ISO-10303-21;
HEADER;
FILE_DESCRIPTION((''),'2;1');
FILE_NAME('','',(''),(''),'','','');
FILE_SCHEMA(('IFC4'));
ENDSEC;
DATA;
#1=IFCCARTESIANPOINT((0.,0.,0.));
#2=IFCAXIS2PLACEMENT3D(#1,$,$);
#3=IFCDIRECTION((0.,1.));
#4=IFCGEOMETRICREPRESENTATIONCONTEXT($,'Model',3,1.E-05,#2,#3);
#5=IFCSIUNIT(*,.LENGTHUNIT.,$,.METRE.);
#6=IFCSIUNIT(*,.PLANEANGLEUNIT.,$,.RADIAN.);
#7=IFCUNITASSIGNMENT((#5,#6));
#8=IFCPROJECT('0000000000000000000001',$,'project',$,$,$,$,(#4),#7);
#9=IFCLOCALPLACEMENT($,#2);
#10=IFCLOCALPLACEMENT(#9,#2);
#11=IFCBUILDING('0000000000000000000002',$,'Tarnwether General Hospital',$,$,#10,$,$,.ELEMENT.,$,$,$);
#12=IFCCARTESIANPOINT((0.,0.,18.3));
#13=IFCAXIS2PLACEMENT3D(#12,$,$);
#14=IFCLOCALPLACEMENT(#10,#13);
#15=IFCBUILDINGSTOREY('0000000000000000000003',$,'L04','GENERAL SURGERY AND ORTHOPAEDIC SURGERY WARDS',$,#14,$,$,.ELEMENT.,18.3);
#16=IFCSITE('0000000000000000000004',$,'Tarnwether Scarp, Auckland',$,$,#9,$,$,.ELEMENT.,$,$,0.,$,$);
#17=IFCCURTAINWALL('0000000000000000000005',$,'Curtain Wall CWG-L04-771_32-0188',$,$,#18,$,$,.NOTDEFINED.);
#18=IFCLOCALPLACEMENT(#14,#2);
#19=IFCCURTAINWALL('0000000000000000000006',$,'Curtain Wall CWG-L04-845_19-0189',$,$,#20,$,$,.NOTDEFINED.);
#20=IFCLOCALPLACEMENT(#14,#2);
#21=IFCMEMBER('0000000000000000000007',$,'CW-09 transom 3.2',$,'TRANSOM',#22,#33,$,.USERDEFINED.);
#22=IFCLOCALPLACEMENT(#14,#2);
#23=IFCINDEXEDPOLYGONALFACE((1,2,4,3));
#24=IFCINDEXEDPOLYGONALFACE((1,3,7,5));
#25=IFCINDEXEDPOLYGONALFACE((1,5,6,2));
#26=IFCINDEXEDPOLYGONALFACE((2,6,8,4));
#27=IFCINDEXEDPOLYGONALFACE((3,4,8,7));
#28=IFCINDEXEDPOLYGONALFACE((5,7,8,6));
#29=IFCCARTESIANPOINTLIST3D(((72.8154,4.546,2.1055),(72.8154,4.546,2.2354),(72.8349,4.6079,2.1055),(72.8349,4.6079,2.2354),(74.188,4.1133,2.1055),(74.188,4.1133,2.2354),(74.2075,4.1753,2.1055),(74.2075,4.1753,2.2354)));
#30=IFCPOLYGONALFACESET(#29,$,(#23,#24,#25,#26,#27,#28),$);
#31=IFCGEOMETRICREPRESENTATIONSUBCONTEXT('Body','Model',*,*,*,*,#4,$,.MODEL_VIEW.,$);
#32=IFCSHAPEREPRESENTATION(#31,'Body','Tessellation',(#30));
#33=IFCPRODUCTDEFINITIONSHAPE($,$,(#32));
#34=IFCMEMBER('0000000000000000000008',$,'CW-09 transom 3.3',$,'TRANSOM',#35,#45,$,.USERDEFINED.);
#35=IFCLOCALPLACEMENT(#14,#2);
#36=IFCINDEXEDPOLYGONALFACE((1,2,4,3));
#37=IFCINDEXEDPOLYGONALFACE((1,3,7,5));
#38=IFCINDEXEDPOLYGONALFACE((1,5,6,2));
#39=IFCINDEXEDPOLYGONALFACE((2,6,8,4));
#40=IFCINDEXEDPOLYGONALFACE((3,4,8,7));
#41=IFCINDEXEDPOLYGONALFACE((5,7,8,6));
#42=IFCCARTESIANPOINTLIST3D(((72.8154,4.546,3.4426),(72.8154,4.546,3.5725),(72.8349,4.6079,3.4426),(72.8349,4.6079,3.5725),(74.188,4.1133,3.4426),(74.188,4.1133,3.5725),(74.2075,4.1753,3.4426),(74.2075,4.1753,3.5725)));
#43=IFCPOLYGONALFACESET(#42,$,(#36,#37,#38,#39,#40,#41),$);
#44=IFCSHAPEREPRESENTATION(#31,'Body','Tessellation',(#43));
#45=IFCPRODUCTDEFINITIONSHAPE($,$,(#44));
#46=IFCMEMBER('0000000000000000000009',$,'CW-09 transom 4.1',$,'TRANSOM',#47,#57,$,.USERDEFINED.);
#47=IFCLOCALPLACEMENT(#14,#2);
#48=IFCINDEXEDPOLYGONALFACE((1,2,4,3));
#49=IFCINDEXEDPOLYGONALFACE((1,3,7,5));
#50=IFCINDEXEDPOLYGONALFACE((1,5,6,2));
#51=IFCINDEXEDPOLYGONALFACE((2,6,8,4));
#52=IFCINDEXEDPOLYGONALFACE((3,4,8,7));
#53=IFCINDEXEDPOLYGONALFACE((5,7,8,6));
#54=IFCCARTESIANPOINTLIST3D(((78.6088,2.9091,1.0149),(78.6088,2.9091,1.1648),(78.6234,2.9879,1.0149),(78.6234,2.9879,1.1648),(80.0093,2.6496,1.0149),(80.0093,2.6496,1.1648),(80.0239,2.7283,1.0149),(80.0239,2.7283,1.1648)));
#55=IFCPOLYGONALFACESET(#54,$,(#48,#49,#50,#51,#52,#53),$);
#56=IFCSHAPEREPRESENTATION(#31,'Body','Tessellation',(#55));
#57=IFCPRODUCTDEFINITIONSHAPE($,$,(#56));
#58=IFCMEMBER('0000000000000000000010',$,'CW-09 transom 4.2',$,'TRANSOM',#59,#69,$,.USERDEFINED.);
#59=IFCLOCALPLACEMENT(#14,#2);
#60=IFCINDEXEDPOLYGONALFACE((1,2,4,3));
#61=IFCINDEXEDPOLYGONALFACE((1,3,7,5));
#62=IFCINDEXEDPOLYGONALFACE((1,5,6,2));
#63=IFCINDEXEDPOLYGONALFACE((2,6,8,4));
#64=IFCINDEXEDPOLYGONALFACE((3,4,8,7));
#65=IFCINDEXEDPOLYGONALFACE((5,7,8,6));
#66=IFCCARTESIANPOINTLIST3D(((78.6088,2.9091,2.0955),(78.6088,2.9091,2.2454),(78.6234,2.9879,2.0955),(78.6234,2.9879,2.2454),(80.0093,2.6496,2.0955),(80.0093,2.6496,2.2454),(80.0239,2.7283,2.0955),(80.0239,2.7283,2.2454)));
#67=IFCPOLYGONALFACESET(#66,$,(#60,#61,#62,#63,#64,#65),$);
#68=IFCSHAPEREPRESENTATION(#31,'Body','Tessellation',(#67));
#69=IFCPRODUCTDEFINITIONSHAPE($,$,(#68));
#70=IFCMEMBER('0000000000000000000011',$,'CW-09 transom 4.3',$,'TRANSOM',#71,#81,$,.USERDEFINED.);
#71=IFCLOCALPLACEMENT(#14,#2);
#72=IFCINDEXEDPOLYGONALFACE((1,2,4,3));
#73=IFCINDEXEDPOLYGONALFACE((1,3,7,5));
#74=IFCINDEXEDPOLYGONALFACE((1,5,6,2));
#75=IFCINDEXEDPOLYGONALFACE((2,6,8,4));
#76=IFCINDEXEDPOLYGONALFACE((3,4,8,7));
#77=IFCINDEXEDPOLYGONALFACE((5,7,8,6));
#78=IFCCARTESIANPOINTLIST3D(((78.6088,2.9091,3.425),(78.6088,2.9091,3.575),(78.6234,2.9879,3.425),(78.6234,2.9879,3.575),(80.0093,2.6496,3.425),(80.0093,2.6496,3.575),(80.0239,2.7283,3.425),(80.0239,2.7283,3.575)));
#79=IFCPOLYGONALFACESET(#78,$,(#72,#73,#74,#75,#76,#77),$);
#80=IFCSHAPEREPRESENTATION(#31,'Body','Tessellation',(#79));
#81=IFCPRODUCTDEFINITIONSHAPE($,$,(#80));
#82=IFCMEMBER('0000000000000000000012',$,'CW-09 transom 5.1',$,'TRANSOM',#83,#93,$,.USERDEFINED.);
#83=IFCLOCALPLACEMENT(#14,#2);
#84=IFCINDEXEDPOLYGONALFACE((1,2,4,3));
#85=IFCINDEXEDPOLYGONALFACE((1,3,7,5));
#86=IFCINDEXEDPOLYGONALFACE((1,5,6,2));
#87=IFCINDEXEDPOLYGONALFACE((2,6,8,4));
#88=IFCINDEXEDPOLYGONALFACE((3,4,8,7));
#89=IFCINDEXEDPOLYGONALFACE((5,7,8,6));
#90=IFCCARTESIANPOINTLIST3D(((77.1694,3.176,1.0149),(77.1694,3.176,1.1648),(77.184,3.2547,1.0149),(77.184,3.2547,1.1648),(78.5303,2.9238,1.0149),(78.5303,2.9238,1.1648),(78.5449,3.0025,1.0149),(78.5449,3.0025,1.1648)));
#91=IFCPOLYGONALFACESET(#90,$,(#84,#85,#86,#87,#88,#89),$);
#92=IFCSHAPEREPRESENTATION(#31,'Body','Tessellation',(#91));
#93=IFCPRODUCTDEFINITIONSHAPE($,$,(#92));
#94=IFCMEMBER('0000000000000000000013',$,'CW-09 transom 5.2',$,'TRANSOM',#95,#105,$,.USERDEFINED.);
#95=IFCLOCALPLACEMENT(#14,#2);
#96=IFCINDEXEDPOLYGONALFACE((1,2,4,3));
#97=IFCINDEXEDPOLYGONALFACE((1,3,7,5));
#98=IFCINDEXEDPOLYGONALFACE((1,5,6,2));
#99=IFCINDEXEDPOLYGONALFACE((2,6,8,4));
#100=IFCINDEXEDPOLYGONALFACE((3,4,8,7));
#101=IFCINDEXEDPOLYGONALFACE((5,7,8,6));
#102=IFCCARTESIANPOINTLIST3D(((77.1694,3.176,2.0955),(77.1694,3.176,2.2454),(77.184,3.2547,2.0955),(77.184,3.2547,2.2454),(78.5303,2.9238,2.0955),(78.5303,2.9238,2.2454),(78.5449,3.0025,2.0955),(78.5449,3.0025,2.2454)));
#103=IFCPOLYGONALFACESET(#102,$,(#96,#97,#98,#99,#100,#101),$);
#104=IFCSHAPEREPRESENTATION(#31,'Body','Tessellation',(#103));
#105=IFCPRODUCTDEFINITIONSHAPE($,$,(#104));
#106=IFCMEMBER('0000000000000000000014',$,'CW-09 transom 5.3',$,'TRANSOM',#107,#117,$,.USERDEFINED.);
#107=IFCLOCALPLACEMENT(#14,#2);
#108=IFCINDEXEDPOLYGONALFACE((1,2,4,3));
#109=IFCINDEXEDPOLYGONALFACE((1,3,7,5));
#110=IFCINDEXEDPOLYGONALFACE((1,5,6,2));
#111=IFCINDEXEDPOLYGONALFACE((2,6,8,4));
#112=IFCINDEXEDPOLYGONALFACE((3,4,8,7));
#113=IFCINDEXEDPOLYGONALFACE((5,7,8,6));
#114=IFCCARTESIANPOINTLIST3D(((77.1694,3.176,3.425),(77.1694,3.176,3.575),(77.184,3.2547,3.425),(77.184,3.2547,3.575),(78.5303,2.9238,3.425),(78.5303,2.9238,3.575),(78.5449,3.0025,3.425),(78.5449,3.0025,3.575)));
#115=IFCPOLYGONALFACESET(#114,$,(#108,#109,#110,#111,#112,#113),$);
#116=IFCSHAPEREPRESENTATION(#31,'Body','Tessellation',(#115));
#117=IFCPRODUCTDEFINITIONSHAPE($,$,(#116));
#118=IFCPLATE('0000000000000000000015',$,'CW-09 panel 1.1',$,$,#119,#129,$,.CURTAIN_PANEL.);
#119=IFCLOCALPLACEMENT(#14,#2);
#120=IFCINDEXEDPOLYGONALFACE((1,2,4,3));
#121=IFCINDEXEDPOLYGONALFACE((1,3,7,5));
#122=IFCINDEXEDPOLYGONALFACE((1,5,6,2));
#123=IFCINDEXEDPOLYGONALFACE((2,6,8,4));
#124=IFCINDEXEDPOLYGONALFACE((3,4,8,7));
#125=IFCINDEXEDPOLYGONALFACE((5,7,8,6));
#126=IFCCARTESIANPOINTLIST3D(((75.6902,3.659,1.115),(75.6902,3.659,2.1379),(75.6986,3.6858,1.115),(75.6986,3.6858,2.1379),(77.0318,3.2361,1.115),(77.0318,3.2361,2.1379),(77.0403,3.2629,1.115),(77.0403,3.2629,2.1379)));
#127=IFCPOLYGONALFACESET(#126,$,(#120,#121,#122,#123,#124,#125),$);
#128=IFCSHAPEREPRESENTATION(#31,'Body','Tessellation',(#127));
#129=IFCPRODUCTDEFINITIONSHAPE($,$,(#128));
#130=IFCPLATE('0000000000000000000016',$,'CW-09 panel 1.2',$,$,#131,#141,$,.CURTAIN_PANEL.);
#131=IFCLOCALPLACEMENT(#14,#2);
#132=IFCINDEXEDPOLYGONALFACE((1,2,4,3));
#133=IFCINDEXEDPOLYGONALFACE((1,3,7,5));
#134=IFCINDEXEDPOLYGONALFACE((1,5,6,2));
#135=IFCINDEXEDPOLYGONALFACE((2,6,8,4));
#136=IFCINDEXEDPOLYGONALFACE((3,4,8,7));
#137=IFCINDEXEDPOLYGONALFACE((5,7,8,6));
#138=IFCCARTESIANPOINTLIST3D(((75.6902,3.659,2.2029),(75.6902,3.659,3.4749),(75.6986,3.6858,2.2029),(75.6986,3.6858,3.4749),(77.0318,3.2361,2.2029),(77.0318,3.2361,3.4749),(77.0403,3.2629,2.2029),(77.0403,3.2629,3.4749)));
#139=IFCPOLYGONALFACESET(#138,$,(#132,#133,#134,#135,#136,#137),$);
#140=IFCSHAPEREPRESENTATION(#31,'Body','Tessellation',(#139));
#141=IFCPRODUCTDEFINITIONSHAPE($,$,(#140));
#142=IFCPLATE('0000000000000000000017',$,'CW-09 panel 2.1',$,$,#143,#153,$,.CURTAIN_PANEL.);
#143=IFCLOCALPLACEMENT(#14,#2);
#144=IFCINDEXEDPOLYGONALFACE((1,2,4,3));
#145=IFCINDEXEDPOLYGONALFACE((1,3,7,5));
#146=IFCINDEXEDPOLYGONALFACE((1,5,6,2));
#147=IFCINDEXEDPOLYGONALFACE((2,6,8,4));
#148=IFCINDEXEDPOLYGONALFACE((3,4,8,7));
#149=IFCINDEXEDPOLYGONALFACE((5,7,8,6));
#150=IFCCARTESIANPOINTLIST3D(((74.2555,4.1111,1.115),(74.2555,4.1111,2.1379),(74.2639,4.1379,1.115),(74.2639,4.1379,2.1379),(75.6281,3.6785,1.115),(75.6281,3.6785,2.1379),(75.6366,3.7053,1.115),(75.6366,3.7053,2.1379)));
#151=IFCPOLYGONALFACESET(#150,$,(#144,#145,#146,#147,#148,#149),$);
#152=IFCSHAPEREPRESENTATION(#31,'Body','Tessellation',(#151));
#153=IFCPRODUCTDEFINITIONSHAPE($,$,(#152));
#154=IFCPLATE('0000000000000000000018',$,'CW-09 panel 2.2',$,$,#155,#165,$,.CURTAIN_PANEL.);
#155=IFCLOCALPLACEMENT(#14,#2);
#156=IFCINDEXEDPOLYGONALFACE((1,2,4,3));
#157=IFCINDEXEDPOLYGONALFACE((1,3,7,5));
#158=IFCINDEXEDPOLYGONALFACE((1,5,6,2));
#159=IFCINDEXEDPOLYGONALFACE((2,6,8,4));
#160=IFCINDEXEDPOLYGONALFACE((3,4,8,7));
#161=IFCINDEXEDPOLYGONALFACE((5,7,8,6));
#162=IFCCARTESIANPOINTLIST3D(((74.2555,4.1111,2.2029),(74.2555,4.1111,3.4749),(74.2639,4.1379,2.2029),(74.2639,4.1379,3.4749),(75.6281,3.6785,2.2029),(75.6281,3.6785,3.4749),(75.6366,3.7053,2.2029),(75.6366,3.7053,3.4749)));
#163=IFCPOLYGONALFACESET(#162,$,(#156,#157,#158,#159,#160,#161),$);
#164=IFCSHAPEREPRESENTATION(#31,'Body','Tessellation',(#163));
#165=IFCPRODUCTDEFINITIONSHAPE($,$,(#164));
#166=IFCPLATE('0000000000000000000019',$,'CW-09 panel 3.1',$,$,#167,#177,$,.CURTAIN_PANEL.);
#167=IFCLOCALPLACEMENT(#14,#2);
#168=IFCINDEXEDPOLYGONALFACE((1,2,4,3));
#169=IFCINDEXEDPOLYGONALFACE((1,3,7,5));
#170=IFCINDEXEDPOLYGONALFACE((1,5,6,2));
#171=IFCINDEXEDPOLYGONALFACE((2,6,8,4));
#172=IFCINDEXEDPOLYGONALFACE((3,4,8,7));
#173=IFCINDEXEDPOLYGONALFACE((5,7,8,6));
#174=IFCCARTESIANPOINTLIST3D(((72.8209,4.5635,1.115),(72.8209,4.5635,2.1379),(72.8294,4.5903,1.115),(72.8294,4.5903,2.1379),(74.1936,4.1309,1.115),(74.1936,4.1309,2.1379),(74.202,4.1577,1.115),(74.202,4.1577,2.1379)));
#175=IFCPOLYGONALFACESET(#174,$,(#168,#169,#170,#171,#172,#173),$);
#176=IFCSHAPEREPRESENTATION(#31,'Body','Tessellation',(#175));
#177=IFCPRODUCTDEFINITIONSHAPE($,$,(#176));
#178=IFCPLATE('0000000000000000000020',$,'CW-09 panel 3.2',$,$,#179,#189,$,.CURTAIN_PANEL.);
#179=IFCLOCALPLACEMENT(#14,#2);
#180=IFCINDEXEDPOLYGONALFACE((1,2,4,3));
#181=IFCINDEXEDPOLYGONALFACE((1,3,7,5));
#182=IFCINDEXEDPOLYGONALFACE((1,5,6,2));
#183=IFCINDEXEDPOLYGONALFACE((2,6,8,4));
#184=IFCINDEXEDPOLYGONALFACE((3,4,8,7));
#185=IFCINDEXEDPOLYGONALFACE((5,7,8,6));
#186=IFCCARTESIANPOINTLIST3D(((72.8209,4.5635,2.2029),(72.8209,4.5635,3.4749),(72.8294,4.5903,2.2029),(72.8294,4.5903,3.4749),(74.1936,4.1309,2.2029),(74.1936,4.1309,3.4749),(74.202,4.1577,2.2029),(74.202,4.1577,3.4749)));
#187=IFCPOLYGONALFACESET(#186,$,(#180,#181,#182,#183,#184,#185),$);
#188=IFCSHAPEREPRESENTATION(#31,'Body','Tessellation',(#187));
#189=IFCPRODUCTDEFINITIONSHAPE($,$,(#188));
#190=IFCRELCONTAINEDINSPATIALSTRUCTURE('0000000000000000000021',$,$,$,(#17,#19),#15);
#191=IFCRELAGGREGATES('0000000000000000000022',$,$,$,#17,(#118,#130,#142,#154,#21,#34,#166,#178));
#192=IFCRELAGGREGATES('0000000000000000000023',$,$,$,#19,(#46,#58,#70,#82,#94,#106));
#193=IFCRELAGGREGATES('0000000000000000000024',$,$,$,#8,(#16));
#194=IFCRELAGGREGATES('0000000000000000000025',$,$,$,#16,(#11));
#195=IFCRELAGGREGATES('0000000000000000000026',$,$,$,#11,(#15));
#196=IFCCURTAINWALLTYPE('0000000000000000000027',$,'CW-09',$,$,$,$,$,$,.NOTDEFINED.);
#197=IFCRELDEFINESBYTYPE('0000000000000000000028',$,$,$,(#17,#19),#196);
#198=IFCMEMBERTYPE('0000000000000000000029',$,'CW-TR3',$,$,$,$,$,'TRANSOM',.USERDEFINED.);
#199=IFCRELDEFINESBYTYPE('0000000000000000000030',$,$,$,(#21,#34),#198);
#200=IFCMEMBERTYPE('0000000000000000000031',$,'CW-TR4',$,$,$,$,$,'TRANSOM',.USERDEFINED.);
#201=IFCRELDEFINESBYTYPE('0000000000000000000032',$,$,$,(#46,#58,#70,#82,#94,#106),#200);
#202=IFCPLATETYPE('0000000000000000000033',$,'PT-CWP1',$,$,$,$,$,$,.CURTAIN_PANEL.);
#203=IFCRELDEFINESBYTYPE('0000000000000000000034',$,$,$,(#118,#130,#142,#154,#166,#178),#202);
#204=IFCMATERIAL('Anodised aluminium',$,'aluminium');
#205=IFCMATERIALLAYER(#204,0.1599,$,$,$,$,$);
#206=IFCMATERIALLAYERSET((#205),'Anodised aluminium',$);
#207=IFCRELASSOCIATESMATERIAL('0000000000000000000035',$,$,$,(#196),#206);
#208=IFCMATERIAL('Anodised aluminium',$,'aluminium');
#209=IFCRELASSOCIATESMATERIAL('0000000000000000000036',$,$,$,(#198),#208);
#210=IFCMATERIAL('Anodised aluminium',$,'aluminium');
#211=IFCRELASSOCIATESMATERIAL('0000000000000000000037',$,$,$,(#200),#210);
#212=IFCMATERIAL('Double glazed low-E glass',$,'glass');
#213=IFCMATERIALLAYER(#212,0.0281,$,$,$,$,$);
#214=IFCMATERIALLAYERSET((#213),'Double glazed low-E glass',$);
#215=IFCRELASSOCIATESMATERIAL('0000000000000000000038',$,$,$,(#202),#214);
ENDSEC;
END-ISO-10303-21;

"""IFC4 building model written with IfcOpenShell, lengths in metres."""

from ifc_helpers import new_model, si_unit, direction, frame, origin, origin_2d, place, context, subcontext, project, spatial, rectangle, extrude, material, layer, layer_set, material_profile, profile_set, type_object, element, aggregate, save


model = new_model("IFC4")

# Units and contexts
model_context = context("Model", 3, precision=1e-05, world=origin(), true_north=direction((0.0, 1.0)))
body_context = subcontext(model_context, "Body", "Model", "MODEL_VIEW")
ifc_project = project(units=[si_unit("LENGTHUNIT", "METRE"), si_unit("PLANEANGLEUNIT", "RADIAN")], contexts=[model_context])

# Site, building, storey
site_placement = place(None, origin())
site = spatial("IfcSite", under=ifc_project, at=site_placement, Name="Tarnwether Scarp, Auckland", CompositionType="ELEMENT", RefElevation=0.0)
building_placement = place(site_placement, origin())
building = spatial("IfcBuilding", under=site, at=building_placement, Name="Tarnwether General Hospital", CompositionType="ELEMENT")
storey_placement = place(building_placement, frame((0.0, 0.0, 18.3)))
storey = spatial("IfcBuildingStorey", under=building, at=storey_placement, Name="L04", Description="GENERAL SURGERY AND ORTHOPAEDIC SURGERY WARDS", CompositionType="ELEMENT", Elevation=18.3)

# Curtain walls
ifc_material_1 = material(Name="Anodised aluminium", Category="aluminium")
ifc_layer_1 = layer(ifc_material_1, 0.1599)
ifc_layer_set_1 = layer_set([ifc_layer_1], Name="Anodised aluminium")
curtain_wall_type = type_object("IfcCurtainWallType", Name="CW-09", PredefinedType="NOTDEFINED", material=ifc_layer_set_1)
curtain_wall_1_placement = place(storey_placement, origin())
curtain_wall_1 = element("IfcCurtainWall", 1, at=curtain_wall_1_placement, inside=storey, type_object=curtain_wall_type, Name="Curtain Wall CWG-L04-771_32-0188", PredefinedType="NOTDEFINED")
curtain_wall_2_placement = place(storey_placement, origin())
curtain_wall_2 = element("IfcCurtainWall", 2, at=curtain_wall_2_placement, inside=storey, type_object=curtain_wall_type, Name="Curtain Wall CWG-L04-845_19-0189", PredefinedType="NOTDEFINED")

# Members
ifc_material_2 = material(Name="Anodised aluminium", Category="aluminium")
ifc_material_profile_1 = material_profile(ifc_material_2, rectangle(XDim=0.0649, YDim=0.1299, at=origin_2d()), Name="ALU-TRN-65x130")
ifc_profile_set_1 = profile_set([ifc_material_profile_1], Name="Anodised aluminium")
member_type_1 = type_object("IfcMemberType", Name="CW-TR3", ElementType="TRANSOM", PredefinedType="USERDEFINED", material=ifc_profile_set_1)
member_1_placement = place(storey_placement, frame((74.1978, 4.1443, 2.1704), z_axis=(-0.953747, 0.300612, 0.0), x_axis=(-0.300612, -0.953747, 0.0)))
member_1 = element("IfcMember", 3, at=member_1_placement, type_object=member_type_1, Name="CW-09 transom 3.2", ObjectType="TRANSOM", PredefinedType="USERDEFINED", context=body_context, shape_type="SweptSolid", body=[
    extrude(rectangle(XDim=0.0649, YDim=0.1299, at=origin_2d()), origin(), (0.0, 0.0, 1.0), 1.4392),
])
member_2_placement = place(storey_placement, frame((74.1978, 4.1443, 3.5076), z_axis=(-0.953747, 0.300612, 0.0), x_axis=(-0.300612, -0.953747, 0.0)))
member_2 = element("IfcMember", 4, at=member_2_placement, type_object=member_type_1, Name="CW-09 transom 3.3", ObjectType="TRANSOM", PredefinedType="USERDEFINED", context=body_context, shape_type="SweptSolid", body=[
    extrude(rectangle(XDim=0.0649, YDim=0.1299, at=origin_2d()), origin(), (0.0, 0.0, 1.0), 1.4392),
])
ifc_material_3 = material(Name="Anodised aluminium", Category="aluminium")
ifc_material_profile_2 = material_profile(ifc_material_3, rectangle(XDim=0.0801, YDim=0.1499, at=origin_2d()), Name="ALU-TRN-80x150")
ifc_profile_set_2 = profile_set([ifc_material_profile_2], Name="Anodised aluminium")
member_type_2 = type_object("IfcMemberType", Name="CW-TR4", ElementType="TRANSOM", PredefinedType="USERDEFINED", material=ifc_profile_set_2)
member_3_placement = place(storey_placement, frame((80.0166, 2.689, 1.0898), z_axis=(-0.983258, 0.182218, 0.0), x_axis=(-0.182218, -0.983258, 0.0)))
member_3 = element("IfcMember", 5, at=member_3_placement, type_object=member_type_2, Name="CW-09 transom 4.1", ObjectType="TRANSOM", PredefinedType="USERDEFINED", context=body_context, shape_type="SweptSolid", body=[
    extrude(rectangle(XDim=0.0801, YDim=0.1499, at=origin_2d()), origin(), (0.0, 0.0, 1.0), 1.4243),
])
member_4_placement = place(storey_placement, frame((80.0166, 2.689, 2.1704), z_axis=(-0.983258, 0.182218, 0.0), x_axis=(-0.182218, -0.983258, 0.0)))
member_4 = element("IfcMember", 6, at=member_4_placement, type_object=member_type_2, Name="CW-09 transom 4.2", ObjectType="TRANSOM", PredefinedType="USERDEFINED", context=body_context, shape_type="SweptSolid", body=[
    extrude(rectangle(XDim=0.0801, YDim=0.1499, at=origin_2d()), origin(), (0.0, 0.0, 1.0), 1.4243),
])
member_5_placement = place(storey_placement, frame((80.0166, 2.689, 3.5), z_axis=(-0.983258, 0.182218, 0.0), x_axis=(-0.182218, -0.983258, 0.0)))
member_5 = element("IfcMember", 7, at=member_5_placement, type_object=member_type_2, Name="CW-09 transom 4.3", ObjectType="TRANSOM", PredefinedType="USERDEFINED", context=body_context, shape_type="SweptSolid", body=[
    extrude(rectangle(XDim=0.0801, YDim=0.1499, at=origin_2d()), origin(), (0.0, 0.0, 1.0), 1.4243),
])
member_6_placement = place(storey_placement, frame((78.5376, 2.9631, 1.0898), z_axis=(-0.983257, 0.182222, 0.0), x_axis=(-0.182222, -0.983257, 0.0)))
member_6 = element("IfcMember", 8, at=member_6_placement, type_object=member_type_2, Name="CW-09 transom 5.1", ObjectType="TRANSOM", PredefinedType="USERDEFINED", context=body_context, shape_type="SweptSolid", body=[
    extrude(rectangle(XDim=0.0801, YDim=0.1499, at=origin_2d()), origin(), (0.0, 0.0, 1.0), 1.384),
])
member_7_placement = place(storey_placement, frame((78.5376, 2.9631, 2.1704), z_axis=(-0.983257, 0.182222, 0.0), x_axis=(-0.182222, -0.983257, 0.0)))
member_7 = element("IfcMember", 9, at=member_7_placement, type_object=member_type_2, Name="CW-09 transom 5.2", ObjectType="TRANSOM", PredefinedType="USERDEFINED", context=body_context, shape_type="SweptSolid", body=[
    extrude(rectangle(XDim=0.0801, YDim=0.1499, at=origin_2d()), origin(), (0.0, 0.0, 1.0), 1.384),
])
member_8_placement = place(storey_placement, frame((78.5376, 2.9631, 3.5), z_axis=(-0.983257, 0.182222, 0.0), x_axis=(-0.182222, -0.983257, 0.0)))
member_8 = element("IfcMember", 10, at=member_8_placement, type_object=member_type_2, Name="CW-09 transom 5.3", ObjectType="TRANSOM", PredefinedType="USERDEFINED", context=body_context, shape_type="SweptSolid", body=[
    extrude(rectangle(XDim=0.0801, YDim=0.1499, at=origin_2d()), origin(), (0.0, 0.0, 1.0), 1.384),
])

# Plates
ifc_material_4 = material(Name="Double glazed low-E glass", Category="glass")
ifc_layer_2 = layer(ifc_material_4, 0.0281)
ifc_layer_set_2 = layer_set([ifc_layer_2], Name="Double glazed low-E glass")
plate_type_1 = type_object("IfcPlateType", Name="PT-CWP1", PredefinedType="CURTAIN_PANEL", material=ifc_layer_set_2)
plate_1_placement = place(storey_placement, frame((76.3652, 3.4609, 1.115), z_axis=(0.0, 0.0, 1.0), x_axis=(-0.953741, 0.300629, 0.0)))
plate_1 = element("IfcPlate", 11, at=plate_1_placement, type_object=plate_type_1, Name="CW-09 panel 1.1", PredefinedType="CURTAIN_PANEL", context=body_context, shape_type="SweptSolid", body=[
    extrude(rectangle(XDim=1.4067, YDim=0.0281, at=origin_2d()), origin(), (0.0, 0.0, 1.0), 1.0229),
])
plate_2_placement = place(storey_placement, frame((76.3652, 3.4609, 2.2029), z_axis=(0.0, 0.0, 1.0), x_axis=(-0.953741, 0.300629, 0.0)))
plate_2 = element("IfcPlate", 12, at=plate_2_placement, type_object=plate_type_1, Name="CW-09 panel 1.2", PredefinedType="CURTAIN_PANEL", context=body_context, shape_type="SweptSolid", body=[
    extrude(rectangle(XDim=1.4067, YDim=0.0281, at=origin_2d()), origin(), (0.0, 0.0, 1.0), 1.272),
])
plate_3_placement = place(storey_placement, frame((74.946, 3.9082, 1.115), z_axis=(0.0, 0.0, 1.0), x_axis=(-0.953741, 0.300629, 0.0)))
plate_3 = element("IfcPlate", 13, at=plate_3_placement, type_object=plate_type_1, Name="CW-09 panel 2.1", PredefinedType="CURTAIN_PANEL", context=body_context, shape_type="SweptSolid", body=[
    extrude(rectangle(XDim=1.4392, YDim=0.0281, at=origin_2d()), origin(), (0.0, 0.0, 1.0), 1.0229),
])
plate_4_placement = place(storey_placement, frame((74.946, 3.9082, 2.2029), z_axis=(0.0, 0.0, 1.0), x_axis=(-0.953741, 0.300629, 0.0)))
plate_4 = element("IfcPlate", 14, at=plate_4_placement, type_object=plate_type_1, Name="CW-09 panel 2.2", PredefinedType="CURTAIN_PANEL", context=body_context, shape_type="SweptSolid", body=[
    extrude(rectangle(XDim=1.4392, YDim=0.0281, at=origin_2d()), origin(), (0.0, 0.0, 1.0), 1.272),
])
plate_5_placement = place(storey_placement, frame((73.5115, 4.3606, 1.115), z_axis=(0.0, 0.0, 1.0), x_axis=(-0.953741, 0.300629, 0.0)))
plate_5 = element("IfcPlate", 15, at=plate_5_placement, type_object=plate_type_1, Name="CW-09 panel 3.1", PredefinedType="CURTAIN_PANEL", context=body_context, shape_type="SweptSolid", body=[
    extrude(rectangle(XDim=1.4392, YDim=0.0281, at=origin_2d()), origin(), (0.0, 0.0, 1.0), 1.0229),
])
plate_6_placement = place(storey_placement, frame((73.5115, 4.3606, 2.2029), z_axis=(0.0, 0.0, 1.0), x_axis=(-0.953741, 0.300629, 0.0)))
plate_6 = element("IfcPlate", 16, at=plate_6_placement, type_object=plate_type_1, Name="CW-09 panel 3.2", PredefinedType="CURTAIN_PANEL", context=body_context, shape_type="SweptSolid", body=[
    extrude(rectangle(XDim=1.4392, YDim=0.0281, at=origin_2d()), origin(), (0.0, 0.0, 1.0), 1.272),
])
aggregate(curtain_wall_1, [plate_1, plate_2, plate_3, plate_4, member_1, member_2, plate_5, plate_6])
aggregate(curtain_wall_2, [member_3, member_4, member_5, member_6, member_7, member_8])

save(model, "model.ifc")
